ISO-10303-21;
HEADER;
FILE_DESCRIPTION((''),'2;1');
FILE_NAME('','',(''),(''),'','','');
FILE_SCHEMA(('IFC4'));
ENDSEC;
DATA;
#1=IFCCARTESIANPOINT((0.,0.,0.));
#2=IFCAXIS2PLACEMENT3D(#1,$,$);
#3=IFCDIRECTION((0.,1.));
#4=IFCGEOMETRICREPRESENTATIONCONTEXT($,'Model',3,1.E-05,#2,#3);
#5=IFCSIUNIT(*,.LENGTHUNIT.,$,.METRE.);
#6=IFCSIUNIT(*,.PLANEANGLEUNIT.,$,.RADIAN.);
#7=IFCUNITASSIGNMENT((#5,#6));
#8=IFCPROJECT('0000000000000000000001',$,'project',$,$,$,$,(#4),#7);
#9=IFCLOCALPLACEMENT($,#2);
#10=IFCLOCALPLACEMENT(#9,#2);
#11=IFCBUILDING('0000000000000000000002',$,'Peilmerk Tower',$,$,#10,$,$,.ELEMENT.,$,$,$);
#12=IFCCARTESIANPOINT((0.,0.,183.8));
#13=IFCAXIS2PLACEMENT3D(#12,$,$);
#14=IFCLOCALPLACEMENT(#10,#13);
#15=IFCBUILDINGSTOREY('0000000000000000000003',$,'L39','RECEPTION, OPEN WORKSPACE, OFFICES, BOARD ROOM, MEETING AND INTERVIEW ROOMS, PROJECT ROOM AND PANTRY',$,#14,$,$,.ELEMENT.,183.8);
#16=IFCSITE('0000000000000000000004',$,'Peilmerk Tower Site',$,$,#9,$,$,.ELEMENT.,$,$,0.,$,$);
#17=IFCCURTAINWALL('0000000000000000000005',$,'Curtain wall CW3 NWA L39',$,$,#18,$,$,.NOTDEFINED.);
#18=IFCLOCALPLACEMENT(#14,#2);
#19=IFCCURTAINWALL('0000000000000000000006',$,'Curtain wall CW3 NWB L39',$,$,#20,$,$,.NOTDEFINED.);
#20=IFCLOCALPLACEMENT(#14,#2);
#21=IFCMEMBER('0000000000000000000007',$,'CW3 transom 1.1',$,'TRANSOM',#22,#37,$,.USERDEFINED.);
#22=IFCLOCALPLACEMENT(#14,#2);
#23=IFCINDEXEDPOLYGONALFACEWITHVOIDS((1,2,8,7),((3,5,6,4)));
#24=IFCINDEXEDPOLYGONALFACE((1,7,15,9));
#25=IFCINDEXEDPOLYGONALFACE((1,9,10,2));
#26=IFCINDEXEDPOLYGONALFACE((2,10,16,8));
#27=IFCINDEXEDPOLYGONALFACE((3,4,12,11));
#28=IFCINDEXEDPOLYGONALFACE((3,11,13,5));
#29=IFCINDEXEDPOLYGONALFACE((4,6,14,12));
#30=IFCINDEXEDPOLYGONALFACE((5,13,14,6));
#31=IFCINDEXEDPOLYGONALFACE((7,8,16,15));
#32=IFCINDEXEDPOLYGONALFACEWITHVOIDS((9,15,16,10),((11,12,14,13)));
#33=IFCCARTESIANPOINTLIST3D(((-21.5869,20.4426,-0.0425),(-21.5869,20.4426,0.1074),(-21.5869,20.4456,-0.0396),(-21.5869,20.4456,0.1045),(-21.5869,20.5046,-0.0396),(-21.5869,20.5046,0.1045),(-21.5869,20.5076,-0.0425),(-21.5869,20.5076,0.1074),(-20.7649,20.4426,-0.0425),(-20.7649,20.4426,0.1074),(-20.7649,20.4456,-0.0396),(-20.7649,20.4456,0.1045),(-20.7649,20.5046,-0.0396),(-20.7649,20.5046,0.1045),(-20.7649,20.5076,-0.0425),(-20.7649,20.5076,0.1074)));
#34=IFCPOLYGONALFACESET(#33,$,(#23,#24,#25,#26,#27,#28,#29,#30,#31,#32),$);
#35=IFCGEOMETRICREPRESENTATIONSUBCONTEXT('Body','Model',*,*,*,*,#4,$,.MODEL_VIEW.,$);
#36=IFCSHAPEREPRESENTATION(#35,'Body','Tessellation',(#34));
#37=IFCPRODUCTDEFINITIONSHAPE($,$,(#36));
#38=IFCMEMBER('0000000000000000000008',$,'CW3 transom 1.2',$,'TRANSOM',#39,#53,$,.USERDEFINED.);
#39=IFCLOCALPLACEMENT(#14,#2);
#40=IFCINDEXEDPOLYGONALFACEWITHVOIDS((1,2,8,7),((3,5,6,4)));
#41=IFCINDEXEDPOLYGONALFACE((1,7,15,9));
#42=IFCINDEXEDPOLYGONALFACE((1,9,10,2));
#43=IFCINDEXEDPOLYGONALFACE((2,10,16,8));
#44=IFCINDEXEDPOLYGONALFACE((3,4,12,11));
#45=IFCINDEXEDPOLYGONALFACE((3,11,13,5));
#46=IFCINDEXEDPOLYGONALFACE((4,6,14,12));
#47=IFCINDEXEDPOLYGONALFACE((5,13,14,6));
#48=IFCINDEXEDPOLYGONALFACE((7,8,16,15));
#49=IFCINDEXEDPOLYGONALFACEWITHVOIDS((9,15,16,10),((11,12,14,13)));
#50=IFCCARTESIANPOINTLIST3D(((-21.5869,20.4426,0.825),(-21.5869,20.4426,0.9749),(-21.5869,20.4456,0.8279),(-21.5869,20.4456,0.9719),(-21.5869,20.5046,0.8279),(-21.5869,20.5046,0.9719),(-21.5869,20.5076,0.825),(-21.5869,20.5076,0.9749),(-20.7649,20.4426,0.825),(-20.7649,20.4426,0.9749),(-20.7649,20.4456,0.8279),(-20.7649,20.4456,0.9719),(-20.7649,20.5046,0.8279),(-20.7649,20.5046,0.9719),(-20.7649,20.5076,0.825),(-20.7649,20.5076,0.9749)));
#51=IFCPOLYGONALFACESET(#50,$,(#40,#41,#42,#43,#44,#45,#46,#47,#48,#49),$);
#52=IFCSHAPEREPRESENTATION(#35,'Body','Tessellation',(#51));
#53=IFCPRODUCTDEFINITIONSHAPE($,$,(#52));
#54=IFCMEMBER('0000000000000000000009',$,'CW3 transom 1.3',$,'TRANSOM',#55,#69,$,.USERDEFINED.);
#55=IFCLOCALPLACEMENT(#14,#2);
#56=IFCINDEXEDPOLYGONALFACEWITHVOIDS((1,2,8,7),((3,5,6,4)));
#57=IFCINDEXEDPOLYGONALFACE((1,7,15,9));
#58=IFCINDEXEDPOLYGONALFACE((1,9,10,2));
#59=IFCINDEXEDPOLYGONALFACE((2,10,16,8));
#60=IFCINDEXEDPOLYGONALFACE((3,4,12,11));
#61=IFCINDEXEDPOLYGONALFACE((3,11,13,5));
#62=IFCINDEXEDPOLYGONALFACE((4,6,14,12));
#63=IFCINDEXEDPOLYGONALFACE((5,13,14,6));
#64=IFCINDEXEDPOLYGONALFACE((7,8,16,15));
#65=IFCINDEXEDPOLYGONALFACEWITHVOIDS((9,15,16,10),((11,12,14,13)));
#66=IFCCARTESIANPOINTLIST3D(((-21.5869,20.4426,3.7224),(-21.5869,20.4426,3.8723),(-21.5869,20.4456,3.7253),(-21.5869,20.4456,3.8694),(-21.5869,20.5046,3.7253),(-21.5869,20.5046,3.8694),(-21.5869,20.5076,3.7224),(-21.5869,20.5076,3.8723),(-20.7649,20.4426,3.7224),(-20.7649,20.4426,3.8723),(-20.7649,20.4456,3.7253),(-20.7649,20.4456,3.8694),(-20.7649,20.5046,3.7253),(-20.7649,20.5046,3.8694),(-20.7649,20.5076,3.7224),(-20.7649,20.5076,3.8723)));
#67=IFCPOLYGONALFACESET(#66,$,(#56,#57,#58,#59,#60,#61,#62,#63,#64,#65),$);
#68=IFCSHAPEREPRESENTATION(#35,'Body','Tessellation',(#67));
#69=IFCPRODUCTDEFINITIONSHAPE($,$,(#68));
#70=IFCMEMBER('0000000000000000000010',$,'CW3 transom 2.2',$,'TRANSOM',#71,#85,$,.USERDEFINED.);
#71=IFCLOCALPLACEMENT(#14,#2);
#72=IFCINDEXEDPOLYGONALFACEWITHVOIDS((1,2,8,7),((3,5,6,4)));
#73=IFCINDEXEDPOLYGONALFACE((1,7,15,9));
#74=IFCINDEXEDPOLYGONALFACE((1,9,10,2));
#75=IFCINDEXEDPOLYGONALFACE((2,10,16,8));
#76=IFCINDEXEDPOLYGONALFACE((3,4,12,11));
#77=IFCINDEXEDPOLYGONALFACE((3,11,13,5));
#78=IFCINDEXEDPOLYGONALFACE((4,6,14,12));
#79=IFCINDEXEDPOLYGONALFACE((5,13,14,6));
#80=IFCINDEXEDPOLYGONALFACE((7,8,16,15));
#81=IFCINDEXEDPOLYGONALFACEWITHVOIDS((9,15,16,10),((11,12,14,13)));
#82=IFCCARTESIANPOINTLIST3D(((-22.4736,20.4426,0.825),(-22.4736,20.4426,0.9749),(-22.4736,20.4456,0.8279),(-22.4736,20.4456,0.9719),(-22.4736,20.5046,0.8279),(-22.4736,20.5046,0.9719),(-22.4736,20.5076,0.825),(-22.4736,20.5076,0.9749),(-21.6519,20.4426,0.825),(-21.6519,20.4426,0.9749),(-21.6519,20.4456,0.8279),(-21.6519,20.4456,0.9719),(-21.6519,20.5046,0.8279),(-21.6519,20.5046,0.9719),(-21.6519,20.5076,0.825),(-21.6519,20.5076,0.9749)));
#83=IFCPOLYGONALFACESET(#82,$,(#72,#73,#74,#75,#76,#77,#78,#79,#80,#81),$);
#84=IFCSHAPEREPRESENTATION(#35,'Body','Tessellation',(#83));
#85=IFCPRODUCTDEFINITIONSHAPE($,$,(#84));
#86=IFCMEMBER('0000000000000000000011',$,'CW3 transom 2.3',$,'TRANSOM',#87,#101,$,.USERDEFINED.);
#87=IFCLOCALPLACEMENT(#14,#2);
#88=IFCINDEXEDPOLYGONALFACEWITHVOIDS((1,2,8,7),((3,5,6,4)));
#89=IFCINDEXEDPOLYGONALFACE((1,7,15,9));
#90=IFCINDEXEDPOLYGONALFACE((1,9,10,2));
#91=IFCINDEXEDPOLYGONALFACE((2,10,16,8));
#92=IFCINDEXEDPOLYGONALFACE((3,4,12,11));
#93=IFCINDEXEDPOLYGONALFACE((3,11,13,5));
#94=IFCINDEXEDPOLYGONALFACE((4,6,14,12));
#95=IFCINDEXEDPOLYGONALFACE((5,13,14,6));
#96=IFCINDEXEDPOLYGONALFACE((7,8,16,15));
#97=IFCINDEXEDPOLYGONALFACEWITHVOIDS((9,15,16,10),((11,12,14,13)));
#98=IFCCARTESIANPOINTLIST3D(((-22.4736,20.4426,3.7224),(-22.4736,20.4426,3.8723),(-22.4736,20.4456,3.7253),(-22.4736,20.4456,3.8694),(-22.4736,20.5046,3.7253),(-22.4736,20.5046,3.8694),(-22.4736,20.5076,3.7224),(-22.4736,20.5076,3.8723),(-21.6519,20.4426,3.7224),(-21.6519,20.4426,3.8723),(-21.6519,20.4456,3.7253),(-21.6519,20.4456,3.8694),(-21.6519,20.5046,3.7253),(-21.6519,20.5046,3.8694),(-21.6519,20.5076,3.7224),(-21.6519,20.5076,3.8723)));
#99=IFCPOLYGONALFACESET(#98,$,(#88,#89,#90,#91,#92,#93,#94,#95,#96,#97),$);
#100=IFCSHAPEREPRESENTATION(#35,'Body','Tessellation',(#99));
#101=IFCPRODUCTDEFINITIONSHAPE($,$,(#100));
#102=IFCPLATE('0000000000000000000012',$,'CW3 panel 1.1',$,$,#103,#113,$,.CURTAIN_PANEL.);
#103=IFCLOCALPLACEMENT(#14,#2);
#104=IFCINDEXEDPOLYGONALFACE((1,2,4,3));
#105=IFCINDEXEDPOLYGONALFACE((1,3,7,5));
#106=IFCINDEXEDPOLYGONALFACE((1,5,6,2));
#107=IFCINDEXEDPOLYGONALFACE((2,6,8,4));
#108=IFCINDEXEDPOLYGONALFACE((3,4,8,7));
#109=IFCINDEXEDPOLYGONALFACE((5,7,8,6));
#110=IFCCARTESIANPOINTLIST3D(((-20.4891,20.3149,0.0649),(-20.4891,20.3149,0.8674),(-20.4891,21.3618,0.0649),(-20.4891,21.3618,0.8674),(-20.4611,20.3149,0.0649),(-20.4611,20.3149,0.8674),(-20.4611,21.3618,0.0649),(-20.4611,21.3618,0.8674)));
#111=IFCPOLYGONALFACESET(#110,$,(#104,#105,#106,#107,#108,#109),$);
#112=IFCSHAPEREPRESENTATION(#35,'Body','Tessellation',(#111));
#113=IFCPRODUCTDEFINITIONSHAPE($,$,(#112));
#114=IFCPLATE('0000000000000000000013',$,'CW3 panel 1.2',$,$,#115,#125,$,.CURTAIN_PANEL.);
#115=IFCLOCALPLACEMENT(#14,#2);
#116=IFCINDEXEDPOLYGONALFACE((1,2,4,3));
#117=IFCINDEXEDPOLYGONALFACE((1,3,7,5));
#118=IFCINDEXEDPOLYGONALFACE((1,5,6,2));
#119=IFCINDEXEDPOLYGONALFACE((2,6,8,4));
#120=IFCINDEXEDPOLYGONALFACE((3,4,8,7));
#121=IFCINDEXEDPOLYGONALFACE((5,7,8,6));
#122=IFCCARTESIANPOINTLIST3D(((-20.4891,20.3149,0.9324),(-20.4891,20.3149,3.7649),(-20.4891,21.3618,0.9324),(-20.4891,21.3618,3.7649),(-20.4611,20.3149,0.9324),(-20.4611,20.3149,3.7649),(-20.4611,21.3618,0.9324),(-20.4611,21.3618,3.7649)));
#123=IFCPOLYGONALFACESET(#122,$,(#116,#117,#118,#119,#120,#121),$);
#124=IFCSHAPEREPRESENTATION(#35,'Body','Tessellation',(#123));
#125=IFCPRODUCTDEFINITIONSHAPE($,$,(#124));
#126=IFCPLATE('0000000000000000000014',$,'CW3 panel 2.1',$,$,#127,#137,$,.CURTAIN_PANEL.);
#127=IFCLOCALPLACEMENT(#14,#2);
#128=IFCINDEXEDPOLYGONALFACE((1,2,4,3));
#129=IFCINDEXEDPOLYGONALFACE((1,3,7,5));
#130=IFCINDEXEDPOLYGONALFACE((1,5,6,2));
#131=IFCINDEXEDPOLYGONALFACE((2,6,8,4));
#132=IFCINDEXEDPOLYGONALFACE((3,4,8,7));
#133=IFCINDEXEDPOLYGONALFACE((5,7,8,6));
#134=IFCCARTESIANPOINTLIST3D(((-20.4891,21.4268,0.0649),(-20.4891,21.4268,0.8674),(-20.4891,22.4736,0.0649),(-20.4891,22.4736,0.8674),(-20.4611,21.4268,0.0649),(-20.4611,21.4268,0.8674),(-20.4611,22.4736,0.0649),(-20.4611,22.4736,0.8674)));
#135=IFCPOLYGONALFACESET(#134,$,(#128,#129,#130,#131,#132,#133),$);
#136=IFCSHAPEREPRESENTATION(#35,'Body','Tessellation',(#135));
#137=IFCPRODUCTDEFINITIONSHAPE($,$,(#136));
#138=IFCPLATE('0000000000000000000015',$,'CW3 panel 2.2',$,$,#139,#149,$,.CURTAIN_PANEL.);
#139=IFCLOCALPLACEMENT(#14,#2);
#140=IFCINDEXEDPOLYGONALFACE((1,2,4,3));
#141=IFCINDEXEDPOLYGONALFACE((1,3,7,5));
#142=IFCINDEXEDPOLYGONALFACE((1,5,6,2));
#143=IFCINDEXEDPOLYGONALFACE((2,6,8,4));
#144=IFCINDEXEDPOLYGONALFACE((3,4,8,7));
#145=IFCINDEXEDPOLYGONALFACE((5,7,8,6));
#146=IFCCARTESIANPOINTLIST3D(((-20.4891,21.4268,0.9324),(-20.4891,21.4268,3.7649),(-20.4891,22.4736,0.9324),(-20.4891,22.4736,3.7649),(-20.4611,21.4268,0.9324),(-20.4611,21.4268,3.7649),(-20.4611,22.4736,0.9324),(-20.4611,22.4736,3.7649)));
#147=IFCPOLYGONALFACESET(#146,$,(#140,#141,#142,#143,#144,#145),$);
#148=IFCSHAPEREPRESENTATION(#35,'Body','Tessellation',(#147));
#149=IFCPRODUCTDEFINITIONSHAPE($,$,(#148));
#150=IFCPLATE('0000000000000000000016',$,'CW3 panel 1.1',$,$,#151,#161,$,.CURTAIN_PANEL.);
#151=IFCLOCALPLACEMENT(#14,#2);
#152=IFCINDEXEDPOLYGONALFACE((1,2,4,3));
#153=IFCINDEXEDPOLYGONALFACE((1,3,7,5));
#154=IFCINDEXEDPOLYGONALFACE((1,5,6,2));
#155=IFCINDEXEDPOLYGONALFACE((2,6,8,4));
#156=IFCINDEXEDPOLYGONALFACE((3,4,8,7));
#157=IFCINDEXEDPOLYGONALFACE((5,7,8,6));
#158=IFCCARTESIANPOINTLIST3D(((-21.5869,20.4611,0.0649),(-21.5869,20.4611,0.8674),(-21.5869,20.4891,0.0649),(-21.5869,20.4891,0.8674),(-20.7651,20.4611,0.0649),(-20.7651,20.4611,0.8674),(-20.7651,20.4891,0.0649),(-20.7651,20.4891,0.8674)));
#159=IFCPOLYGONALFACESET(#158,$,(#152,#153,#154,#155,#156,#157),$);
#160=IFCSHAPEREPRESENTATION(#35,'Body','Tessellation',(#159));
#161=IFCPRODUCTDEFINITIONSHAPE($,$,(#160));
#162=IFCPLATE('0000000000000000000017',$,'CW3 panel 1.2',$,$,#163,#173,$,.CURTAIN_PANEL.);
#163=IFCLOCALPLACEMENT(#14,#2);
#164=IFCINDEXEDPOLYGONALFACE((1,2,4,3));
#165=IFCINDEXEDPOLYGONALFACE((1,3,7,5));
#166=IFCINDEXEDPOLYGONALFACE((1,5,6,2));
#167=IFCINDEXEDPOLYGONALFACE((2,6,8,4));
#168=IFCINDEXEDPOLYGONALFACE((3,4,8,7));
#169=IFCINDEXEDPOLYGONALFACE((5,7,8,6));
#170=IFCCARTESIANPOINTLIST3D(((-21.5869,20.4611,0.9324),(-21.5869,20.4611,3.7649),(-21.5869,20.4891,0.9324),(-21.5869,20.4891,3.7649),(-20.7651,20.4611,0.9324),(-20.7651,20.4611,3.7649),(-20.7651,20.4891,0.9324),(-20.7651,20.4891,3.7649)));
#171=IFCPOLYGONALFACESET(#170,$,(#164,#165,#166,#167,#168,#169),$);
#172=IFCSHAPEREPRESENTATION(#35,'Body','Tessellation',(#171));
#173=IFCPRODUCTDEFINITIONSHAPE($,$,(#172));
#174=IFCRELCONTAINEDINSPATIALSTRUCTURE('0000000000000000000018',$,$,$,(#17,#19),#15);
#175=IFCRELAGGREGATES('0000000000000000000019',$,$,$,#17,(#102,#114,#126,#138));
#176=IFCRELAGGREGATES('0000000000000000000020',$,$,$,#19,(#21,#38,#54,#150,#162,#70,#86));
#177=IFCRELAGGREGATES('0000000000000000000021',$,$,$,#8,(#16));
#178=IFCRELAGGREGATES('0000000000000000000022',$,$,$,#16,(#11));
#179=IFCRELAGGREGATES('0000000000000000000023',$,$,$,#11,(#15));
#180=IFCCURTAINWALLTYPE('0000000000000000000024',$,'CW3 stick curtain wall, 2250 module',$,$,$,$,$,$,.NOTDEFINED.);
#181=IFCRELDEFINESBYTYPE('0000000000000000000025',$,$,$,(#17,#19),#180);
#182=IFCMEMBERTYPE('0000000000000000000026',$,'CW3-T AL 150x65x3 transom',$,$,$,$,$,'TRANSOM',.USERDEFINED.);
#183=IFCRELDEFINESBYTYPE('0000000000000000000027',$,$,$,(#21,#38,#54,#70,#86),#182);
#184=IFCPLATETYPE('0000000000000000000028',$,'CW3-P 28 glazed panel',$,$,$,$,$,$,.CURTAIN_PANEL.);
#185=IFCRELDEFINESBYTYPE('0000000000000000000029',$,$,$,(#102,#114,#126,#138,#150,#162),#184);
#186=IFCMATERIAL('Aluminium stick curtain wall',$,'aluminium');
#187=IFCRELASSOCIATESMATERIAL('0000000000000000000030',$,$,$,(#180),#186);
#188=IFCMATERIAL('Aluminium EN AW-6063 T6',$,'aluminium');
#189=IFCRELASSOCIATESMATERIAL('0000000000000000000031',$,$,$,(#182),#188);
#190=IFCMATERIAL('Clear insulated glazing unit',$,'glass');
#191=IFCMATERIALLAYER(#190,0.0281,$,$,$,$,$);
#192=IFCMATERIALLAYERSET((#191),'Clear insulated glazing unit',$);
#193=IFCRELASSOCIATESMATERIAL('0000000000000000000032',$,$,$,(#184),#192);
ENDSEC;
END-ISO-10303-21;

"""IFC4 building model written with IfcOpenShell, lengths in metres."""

from ifc_helpers import new_model, si_unit, direction, frame, origin, origin_2d, place, context, subcontext, project, spatial, rectangle, hollow_rectangle, extrude, material, layer, layer_set, material_profile, profile_set, type_object, element, aggregate, save


model = new_model("IFC4")

# Units and contexts
model_context = context("Model", 3, precision=1e-05, world=origin(), true_north=direction((0.0, 1.0)))
body_context = subcontext(model_context, "Body", "Model", "MODEL_VIEW")
ifc_project = project(units=[si_unit("LENGTHUNIT", "METRE"), si_unit("PLANEANGLEUNIT", "RADIAN")], contexts=[model_context])

# Site, building, storey
site_placement = place(None, origin())
site = spatial("IfcSite", under=ifc_project, at=site_placement, Name="Peilmerk Tower Site", CompositionType="ELEMENT", RefElevation=0.0)
building_placement = place(site_placement, origin())
building = spatial("IfcBuilding", under=site, at=building_placement, Name="Peilmerk Tower", CompositionType="ELEMENT")
storey_placement = place(building_placement, frame((0.0, 0.0, 183.8)))
storey = spatial("IfcBuildingStorey", under=building, at=storey_placement, Name="L39", Description="RECEPTION, OPEN WORKSPACE, OFFICES, BOARD ROOM, MEETING AND INTERVIEW ROOMS, PROJECT ROOM AND PANTRY", CompositionType="ELEMENT", Elevation=183.8)

# Curtain walls
ifc_material_1 = material(Name="Aluminium stick curtain wall", Category="aluminium")
curtain_wall_type = type_object("IfcCurtainWallType", Name="CW3 stick curtain wall, 2250 module", PredefinedType="NOTDEFINED", material=ifc_material_1)
curtain_wall_1_placement = place(storey_placement, origin())
curtain_wall_1 = element("IfcCurtainWall", 1, at=curtain_wall_1_placement, inside=storey, type_object=curtain_wall_type, Name="Curtain wall CW3 NWA L39", PredefinedType="NOTDEFINED")
ifc_material_2 = material(Name="Aluminium EN AW-6063 T6", Category="aluminium")
curtain_wall_2_placement = place(storey_placement, origin())
curtain_wall_2 = element("IfcCurtainWall", 2, at=curtain_wall_2_placement, inside=storey, type_object=curtain_wall_type, Name="Curtain wall CW3 NWB L39", PredefinedType="NOTDEFINED")

# Members
ifc_material_profile_1 = material_profile(ifc_material_2, hollow_rectangle(XDim=0.0649, YDim=0.1499, WallThickness=0.0029, at=origin_2d()), Name="AL 150x65x3")
ifc_profile_set_1 = profile_set([ifc_material_profile_1], Name="Aluminium EN AW-6063 T6")
member_type_1 = type_object("IfcMemberType", Name="CW3-T AL 150x65x3 transom", ElementType="TRANSOM", PredefinedType="USERDEFINED", material=ifc_profile_set_1)
member_1_placement = place(storey_placement, frame((-20.7649, 20.4751, 0.0325), z_axis=(-1.0, 0.0, 0.0), x_axis=(0.0, -1.0, 0.0)))
member_1 = element("IfcMember", 3, at=member_1_placement, type_object=member_type_1, Name="CW3 transom 1.1", ObjectType="TRANSOM", PredefinedType="USERDEFINED", context=body_context, shape_type="SweptSolid", body=[
    extrude(hollow_rectangle(XDim=0.0649, YDim=0.1499, WallThickness=0.0029, at=origin_2d()), origin(), (0.0, 0.0, 1.0), 0.822),
])
member_2_placement = place(storey_placement, frame((-20.7649, 20.4751, 0.8999), z_axis=(-1.0, 0.0, 0.0), x_axis=(0.0, -1.0, 0.0)))
member_2 = element("IfcMember", 4, at=member_2_placement, type_object=member_type_1, Name="CW3 transom 1.2", ObjectType="TRANSOM", PredefinedType="USERDEFINED", context=body_context, shape_type="SweptSolid", body=[
    extrude(hollow_rectangle(XDim=0.0649, YDim=0.1499, WallThickness=0.0029, at=origin_2d()), origin(), (0.0, 0.0, 1.0), 0.822),
])
member_3_placement = place(storey_placement, frame((-20.7649, 20.4751, 3.7974), z_axis=(-1.0, 0.0, 0.0), x_axis=(0.0, -1.0, 0.0)))
member_3 = element("IfcMember", 5, at=member_3_placement, type_object=member_type_1, Name="CW3 transom 1.3", ObjectType="TRANSOM", PredefinedType="USERDEFINED", context=body_context, shape_type="SweptSolid", body=[
    extrude(hollow_rectangle(XDim=0.0649, YDim=0.1499, WallThickness=0.0029, at=origin_2d()), origin(), (0.0, 0.0, 1.0), 0.822),
])
member_4_placement = place(storey_placement, frame((-21.6519, 20.4751, 0.8999), z_axis=(-1.0, 0.0, 0.0), x_axis=(0.0, -1.0, 0.0)))
member_4 = element("IfcMember", 6, at=member_4_placement, type_object=member_type_1, Name="CW3 transom 2.2", ObjectType="TRANSOM", PredefinedType="USERDEFINED", context=body_context, shape_type="SweptSolid", body=[
    extrude(hollow_rectangle(XDim=0.0649, YDim=0.1499, WallThickness=0.0029, at=origin_2d()), origin(), (0.0, 0.0, 1.0), 0.8218),
])
member_5_placement = place(storey_placement, frame((-21.6519, 20.4751, 3.7974), z_axis=(-1.0, 0.0, 0.0), x_axis=(0.0, -1.0, 0.0)))
member_5 = element("IfcMember", 7, at=member_5_placement, type_object=member_type_1, Name="CW3 transom 2.3", ObjectType="TRANSOM", PredefinedType="USERDEFINED", context=body_context, shape_type="SweptSolid", body=[
    extrude(hollow_rectangle(XDim=0.0649, YDim=0.1499, WallThickness=0.0029, at=origin_2d()), origin(), (0.0, 0.0, 1.0), 0.8218),
])

# Plates
ifc_material_3 = material(Name="Clear insulated glazing unit", Category="glass")
ifc_layer_1 = layer(ifc_material_3, 0.0281)
ifc_layer_set_1 = layer_set([ifc_layer_1], Name="Clear insulated glazing unit")
plate_type = type_object("IfcPlateType", Name="CW3-P 28 glazed panel", PredefinedType="CURTAIN_PANEL", material=ifc_layer_set_1)
plate_1_placement = place(storey_placement, frame((-20.4751, 20.8384, 0.0649), z_axis=(0.0, 0.0, 1.0), x_axis=(0.0, 1.0, 0.0)))
plate_1 = element("IfcPlate", 8, at=plate_1_placement, type_object=plate_type, Name="CW3 panel 1.1", PredefinedType="CURTAIN_PANEL", context=body_context, shape_type="SweptSolid", body=[
    extrude(rectangle(XDim=1.0469, YDim=0.0281, at=origin_2d()), origin(), (0.0, 0.0, 1.0), 0.8025),
])
plate_2_placement = place(storey_placement, frame((-20.4751, 20.8384, 0.9324), z_axis=(0.0, 0.0, 1.0), x_axis=(0.0, 1.0, 0.0)))
plate_2 = element("IfcPlate", 9, at=plate_2_placement, type_object=plate_type, Name="CW3 panel 1.2", PredefinedType="CURTAIN_PANEL", context=body_context, shape_type="SweptSolid", body=[
    extrude(rectangle(XDim=1.0469, YDim=0.0281, at=origin_2d()), origin(), (0.0, 0.0, 1.0), 2.8325),
])
plate_3_placement = place(storey_placement, frame((-20.4751, 21.9502, 0.0649), z_axis=(0.0, 0.0, 1.0), x_axis=(0.0, 1.0, 0.0)))
plate_3 = element("IfcPlate", 10, at=plate_3_placement, type_object=plate_type, Name="CW3 panel 2.1", PredefinedType="CURTAIN_PANEL", context=body_context, shape_type="SweptSolid", body=[
    extrude(rectangle(XDim=1.0469, YDim=0.0281, at=origin_2d()), origin(), (0.0, 0.0, 1.0), 0.8025),
])
plate_4_placement = place(storey_placement, frame((-20.4751, 21.9502, 0.9324), z_axis=(0.0, 0.0, 1.0), x_axis=(0.0, 1.0, 0.0)))
plate_4 = element("IfcPlate", 11, at=plate_4_placement, type_object=plate_type, Name="CW3 panel 2.2", PredefinedType="CURTAIN_PANEL", context=body_context, shape_type="SweptSolid", body=[
    extrude(rectangle(XDim=1.0469, YDim=0.0281, at=origin_2d()), origin(), (0.0, 0.0, 1.0), 2.8325),
])
aggregate(curtain_wall_1, [plate_1, plate_2, plate_3, plate_4])
plate_5_placement = place(storey_placement, frame((-21.176, 20.4751, 0.0649), z_axis=(0.0, 0.0, 1.0), x_axis=(-1.0, 0.0, 0.0)))
plate_5 = element("IfcPlate", 12, at=plate_5_placement, type_object=plate_type, Name="CW3 panel 1.1", PredefinedType="CURTAIN_PANEL", context=body_context, shape_type="SweptSolid", body=[
    extrude(rectangle(XDim=0.8218, YDim=0.0281, at=origin_2d()), origin(), (0.0, 0.0, 1.0), 0.8025),
])
plate_6_placement = place(storey_placement, frame((-21.176, 20.4751, 0.9324), z_axis=(0.0, 0.0, 1.0), x_axis=(-1.0, 0.0, 0.0)))
plate_6 = element("IfcPlate", 13, at=plate_6_placement, type_object=plate_type, Name="CW3 panel 1.2", PredefinedType="CURTAIN_PANEL", context=body_context, shape_type="SweptSolid", body=[
    extrude(rectangle(XDim=0.8218, YDim=0.0281, at=origin_2d()), origin(), (0.0, 0.0, 1.0), 2.8325),
])
aggregate(curtain_wall_2, [member_1, member_2, member_3, plate_5, plate_6, member_4, member_5])

save(model, "model.ifc")
